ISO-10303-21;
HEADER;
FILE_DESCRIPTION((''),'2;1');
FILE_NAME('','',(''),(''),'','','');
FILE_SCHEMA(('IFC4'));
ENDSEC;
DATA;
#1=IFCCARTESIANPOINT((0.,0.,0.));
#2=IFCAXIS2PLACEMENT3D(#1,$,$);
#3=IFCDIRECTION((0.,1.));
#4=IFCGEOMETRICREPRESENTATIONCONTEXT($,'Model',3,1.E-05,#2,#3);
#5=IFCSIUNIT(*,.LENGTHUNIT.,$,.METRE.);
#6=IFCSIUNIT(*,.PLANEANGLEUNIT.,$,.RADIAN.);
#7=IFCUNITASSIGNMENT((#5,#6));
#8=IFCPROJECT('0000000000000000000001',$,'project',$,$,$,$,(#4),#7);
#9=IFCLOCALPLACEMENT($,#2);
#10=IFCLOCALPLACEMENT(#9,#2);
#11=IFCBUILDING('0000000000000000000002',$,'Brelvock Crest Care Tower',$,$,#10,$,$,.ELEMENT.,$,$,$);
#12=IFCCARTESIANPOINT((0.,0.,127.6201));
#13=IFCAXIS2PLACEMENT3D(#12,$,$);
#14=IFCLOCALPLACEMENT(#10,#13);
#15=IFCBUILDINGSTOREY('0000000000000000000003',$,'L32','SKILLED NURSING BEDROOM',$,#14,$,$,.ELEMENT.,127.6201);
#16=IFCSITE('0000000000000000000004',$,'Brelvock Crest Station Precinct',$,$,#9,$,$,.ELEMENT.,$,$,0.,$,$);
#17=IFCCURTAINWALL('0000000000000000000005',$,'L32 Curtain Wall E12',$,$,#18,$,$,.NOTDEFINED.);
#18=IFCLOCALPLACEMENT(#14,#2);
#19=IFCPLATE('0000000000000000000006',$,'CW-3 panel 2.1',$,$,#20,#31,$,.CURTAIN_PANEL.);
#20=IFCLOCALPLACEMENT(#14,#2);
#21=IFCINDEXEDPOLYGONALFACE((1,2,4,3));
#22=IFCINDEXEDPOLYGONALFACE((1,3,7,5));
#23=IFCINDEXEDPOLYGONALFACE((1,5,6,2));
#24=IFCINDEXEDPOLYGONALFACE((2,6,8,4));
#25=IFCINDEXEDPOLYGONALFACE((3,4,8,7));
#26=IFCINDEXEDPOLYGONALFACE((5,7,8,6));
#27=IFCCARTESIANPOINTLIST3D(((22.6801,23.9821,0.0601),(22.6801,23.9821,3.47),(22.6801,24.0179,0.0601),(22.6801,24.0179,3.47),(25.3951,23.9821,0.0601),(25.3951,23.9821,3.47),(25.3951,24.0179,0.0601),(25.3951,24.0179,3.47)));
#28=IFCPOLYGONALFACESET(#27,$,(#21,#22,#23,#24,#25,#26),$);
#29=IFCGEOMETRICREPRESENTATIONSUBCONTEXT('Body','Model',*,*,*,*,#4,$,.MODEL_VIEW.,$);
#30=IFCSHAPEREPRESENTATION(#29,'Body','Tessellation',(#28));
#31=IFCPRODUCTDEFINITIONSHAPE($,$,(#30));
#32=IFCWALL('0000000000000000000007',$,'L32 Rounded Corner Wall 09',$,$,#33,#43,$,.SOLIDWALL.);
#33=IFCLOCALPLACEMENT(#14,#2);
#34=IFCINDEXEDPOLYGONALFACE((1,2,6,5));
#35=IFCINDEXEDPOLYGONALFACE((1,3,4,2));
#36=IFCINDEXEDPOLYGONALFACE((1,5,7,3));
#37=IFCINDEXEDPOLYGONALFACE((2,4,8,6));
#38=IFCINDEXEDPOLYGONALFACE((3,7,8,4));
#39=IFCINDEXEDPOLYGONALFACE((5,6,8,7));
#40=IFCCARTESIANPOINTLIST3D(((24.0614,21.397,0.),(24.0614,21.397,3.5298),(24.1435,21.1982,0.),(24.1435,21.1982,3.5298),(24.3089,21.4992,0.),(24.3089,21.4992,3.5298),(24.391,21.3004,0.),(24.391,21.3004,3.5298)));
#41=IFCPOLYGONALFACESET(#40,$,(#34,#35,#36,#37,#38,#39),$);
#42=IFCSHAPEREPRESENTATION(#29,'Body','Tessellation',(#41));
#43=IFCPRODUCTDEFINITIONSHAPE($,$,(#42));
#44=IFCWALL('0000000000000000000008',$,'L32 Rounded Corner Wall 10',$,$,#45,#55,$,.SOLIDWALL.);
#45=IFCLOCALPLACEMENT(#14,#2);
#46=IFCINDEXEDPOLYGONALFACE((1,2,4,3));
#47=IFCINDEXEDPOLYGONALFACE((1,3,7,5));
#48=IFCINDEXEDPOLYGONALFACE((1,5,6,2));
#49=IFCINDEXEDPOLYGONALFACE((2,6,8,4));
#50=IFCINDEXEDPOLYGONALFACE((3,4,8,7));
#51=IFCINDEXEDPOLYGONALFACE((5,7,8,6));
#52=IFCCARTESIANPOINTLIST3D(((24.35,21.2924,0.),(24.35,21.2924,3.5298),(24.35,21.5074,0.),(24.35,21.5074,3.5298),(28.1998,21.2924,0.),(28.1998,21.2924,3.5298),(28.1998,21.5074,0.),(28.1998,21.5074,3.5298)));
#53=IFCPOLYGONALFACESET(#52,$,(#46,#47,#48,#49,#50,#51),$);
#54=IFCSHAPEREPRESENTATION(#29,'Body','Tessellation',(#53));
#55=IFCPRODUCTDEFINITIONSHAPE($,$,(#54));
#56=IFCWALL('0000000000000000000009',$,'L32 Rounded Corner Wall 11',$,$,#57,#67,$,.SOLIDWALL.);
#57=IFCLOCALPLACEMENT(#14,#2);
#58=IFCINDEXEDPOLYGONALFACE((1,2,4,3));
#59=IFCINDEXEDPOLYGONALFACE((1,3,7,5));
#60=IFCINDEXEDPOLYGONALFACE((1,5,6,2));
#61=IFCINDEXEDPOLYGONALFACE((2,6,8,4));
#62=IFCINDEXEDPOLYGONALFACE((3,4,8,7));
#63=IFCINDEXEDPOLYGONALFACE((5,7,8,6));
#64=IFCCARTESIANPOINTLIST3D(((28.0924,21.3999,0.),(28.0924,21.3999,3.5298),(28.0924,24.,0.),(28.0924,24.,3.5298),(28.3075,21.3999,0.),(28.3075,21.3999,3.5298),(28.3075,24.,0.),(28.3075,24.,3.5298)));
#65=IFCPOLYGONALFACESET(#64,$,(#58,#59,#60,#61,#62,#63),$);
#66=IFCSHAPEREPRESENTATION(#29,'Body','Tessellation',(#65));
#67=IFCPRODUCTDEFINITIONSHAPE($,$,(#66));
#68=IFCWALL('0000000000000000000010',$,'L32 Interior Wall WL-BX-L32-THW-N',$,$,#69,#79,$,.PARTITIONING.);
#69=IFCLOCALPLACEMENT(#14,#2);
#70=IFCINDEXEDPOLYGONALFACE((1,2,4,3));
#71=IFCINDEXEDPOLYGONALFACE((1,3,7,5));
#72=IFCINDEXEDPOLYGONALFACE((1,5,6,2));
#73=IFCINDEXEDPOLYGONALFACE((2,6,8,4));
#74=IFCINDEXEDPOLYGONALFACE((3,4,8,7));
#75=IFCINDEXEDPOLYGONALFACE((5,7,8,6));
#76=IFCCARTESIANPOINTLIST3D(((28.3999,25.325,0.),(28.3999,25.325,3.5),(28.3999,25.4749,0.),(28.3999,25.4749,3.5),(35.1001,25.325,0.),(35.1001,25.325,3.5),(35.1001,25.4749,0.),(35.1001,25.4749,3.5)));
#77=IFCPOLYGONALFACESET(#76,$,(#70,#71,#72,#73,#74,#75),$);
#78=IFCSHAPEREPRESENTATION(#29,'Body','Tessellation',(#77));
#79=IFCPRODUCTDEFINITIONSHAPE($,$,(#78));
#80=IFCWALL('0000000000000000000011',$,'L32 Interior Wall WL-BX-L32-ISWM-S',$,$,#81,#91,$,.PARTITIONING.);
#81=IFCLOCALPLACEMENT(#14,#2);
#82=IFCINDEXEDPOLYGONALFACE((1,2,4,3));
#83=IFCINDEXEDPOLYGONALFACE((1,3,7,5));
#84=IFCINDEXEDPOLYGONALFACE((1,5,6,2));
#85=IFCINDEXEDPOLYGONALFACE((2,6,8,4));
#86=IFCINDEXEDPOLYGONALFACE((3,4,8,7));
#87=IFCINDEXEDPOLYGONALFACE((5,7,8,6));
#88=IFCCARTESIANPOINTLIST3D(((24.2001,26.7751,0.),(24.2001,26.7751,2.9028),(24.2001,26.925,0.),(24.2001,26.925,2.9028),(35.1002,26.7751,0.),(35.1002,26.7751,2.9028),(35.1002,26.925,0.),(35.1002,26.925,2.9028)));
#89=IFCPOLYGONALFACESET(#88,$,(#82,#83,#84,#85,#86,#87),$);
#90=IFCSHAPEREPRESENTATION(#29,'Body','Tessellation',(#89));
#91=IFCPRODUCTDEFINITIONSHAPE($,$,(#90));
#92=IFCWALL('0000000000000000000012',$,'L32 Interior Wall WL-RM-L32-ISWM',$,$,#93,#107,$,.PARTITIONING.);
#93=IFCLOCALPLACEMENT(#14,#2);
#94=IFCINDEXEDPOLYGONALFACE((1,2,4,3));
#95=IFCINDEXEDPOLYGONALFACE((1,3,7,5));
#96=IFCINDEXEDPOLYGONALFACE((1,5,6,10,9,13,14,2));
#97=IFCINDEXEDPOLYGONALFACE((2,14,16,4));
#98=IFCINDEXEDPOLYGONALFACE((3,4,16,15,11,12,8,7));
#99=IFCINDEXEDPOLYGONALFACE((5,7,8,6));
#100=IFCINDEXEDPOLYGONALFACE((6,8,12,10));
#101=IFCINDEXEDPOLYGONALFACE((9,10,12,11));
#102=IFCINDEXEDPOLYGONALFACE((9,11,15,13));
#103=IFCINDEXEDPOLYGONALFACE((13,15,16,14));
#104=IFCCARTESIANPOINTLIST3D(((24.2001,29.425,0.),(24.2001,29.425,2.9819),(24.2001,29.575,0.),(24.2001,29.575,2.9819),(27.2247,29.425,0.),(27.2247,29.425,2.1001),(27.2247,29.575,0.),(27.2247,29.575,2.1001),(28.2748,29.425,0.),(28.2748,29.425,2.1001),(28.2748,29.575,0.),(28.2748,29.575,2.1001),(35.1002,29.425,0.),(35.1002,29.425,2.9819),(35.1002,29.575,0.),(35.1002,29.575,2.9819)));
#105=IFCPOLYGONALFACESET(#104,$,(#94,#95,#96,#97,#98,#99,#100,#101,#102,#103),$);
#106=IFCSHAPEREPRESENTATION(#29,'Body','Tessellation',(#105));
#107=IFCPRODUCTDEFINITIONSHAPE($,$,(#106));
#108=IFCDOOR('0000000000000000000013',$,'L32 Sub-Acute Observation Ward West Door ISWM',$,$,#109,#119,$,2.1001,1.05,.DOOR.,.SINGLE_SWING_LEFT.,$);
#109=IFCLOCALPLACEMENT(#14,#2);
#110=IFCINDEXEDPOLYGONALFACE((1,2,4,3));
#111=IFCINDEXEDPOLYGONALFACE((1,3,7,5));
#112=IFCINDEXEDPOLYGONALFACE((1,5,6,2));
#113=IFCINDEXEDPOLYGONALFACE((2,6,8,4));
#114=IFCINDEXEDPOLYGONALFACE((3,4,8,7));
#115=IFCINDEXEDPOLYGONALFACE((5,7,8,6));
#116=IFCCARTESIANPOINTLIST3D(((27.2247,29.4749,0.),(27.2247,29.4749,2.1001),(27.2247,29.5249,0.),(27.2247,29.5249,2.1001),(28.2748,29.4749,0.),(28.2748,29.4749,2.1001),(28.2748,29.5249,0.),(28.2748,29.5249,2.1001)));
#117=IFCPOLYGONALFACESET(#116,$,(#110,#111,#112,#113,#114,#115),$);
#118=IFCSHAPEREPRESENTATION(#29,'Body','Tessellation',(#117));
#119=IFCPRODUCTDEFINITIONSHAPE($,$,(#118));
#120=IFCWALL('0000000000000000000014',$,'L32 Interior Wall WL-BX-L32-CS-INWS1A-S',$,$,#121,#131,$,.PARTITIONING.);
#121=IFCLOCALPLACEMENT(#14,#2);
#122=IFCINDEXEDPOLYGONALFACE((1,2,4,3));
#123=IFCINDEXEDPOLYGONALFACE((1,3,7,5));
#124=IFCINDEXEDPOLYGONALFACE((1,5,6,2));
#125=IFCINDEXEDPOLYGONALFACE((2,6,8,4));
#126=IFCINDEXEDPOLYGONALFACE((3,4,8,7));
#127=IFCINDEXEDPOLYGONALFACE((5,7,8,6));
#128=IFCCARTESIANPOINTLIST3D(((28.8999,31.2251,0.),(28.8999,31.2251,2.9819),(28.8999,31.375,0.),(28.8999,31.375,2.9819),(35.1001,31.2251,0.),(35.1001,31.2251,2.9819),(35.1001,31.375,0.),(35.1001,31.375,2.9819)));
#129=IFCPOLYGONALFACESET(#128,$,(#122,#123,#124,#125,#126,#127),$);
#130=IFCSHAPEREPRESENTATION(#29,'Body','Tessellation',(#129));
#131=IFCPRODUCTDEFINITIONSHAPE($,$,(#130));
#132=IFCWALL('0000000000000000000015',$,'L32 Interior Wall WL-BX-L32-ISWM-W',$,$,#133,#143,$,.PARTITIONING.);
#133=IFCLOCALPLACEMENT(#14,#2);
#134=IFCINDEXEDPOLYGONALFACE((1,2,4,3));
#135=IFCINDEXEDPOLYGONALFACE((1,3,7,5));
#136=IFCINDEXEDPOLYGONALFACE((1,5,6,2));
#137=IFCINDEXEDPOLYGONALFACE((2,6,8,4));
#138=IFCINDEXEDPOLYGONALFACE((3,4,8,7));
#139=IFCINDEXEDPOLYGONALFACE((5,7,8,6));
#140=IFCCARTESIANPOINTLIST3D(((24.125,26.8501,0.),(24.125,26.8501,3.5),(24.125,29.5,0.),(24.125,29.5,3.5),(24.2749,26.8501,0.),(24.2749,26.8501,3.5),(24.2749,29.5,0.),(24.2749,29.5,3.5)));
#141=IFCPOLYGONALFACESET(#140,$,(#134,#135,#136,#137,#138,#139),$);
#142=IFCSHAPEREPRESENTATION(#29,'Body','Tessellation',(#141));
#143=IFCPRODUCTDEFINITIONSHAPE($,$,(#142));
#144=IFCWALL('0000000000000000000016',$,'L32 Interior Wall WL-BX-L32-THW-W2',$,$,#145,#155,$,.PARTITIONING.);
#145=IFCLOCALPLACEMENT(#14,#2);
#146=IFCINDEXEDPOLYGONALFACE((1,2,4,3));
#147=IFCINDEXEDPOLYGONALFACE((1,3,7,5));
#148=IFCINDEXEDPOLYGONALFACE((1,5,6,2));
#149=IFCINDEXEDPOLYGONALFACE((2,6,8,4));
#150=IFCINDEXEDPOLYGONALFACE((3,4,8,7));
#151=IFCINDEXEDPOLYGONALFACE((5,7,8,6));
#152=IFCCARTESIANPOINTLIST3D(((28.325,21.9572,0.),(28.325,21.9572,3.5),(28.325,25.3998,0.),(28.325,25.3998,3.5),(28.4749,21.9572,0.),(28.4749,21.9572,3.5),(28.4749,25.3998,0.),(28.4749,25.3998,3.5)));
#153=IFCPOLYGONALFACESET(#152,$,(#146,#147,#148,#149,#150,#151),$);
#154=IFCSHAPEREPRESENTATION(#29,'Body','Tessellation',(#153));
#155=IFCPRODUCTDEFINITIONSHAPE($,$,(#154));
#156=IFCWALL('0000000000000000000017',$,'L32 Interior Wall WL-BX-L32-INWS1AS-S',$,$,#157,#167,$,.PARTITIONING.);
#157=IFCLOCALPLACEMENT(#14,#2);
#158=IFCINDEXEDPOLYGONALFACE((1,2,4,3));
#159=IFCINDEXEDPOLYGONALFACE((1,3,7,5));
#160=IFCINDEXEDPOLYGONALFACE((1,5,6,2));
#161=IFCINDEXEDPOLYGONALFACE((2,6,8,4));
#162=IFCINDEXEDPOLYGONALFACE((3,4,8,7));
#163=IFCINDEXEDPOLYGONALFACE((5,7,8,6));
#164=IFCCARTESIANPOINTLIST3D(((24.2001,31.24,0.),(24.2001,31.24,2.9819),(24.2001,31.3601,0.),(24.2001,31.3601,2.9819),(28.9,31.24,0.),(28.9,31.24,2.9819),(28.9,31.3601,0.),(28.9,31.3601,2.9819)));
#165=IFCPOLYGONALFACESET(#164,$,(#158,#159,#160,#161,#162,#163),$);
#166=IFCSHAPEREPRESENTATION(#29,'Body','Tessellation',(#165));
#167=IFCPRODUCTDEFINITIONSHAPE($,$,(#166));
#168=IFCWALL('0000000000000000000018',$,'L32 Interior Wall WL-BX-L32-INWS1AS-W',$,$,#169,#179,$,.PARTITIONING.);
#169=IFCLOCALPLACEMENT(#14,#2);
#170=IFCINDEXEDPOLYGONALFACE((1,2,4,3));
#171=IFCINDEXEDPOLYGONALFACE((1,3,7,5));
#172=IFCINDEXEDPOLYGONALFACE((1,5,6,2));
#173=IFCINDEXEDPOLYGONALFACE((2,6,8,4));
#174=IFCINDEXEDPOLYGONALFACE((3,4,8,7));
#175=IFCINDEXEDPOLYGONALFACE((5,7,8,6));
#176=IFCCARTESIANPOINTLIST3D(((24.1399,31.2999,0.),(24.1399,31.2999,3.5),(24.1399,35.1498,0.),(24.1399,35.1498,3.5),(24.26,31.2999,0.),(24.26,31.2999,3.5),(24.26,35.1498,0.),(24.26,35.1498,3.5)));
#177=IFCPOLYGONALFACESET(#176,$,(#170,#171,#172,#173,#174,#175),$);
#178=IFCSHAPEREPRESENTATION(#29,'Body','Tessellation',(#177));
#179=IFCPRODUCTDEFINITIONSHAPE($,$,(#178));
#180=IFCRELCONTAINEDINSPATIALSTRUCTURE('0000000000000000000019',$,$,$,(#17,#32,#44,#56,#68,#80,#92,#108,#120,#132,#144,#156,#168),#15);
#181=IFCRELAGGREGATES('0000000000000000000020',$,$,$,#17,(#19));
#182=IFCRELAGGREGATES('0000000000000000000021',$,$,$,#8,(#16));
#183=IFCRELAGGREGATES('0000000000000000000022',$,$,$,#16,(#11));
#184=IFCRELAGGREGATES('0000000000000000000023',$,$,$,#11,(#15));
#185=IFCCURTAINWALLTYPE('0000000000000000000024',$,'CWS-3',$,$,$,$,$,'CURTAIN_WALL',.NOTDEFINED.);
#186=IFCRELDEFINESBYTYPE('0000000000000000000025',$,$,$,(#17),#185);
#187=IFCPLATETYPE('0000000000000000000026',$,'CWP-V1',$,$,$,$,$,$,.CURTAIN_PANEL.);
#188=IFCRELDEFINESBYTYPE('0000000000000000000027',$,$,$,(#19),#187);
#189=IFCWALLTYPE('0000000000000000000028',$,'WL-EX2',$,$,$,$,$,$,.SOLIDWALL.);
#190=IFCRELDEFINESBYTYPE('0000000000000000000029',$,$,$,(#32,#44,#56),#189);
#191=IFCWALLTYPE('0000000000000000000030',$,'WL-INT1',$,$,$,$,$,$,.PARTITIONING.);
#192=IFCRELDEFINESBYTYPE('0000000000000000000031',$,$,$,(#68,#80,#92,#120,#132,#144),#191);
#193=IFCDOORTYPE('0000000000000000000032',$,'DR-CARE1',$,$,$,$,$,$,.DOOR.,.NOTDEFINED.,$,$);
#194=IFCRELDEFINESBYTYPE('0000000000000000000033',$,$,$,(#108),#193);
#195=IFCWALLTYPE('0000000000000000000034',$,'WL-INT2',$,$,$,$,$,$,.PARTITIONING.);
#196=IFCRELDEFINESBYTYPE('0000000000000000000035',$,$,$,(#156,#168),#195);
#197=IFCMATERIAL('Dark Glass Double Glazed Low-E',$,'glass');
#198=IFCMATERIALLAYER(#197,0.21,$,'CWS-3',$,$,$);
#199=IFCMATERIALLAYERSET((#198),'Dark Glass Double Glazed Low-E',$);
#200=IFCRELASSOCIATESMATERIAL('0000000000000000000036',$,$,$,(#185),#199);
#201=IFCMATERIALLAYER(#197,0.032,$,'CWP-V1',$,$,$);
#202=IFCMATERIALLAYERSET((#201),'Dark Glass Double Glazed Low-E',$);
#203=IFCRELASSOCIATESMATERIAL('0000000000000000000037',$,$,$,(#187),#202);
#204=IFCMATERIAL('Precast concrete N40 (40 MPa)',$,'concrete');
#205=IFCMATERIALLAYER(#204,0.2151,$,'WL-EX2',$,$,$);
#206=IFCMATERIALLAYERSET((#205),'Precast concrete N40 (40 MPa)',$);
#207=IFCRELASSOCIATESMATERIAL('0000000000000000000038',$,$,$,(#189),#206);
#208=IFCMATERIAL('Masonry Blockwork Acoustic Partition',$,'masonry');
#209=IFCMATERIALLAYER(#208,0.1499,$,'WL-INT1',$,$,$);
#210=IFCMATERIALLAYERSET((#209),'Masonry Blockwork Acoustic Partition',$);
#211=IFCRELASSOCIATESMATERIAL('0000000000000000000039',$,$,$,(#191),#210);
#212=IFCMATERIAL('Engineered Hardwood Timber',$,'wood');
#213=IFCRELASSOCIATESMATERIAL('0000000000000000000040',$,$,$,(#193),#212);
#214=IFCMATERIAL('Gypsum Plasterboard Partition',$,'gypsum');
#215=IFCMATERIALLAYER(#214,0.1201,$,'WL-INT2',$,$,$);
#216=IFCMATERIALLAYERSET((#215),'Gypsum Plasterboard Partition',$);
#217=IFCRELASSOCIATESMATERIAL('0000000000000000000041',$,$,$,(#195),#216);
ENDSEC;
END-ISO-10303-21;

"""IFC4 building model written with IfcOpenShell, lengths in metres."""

from ifc_helpers import new_model, si_unit, direction, frame, frame_2d, origin, origin_2d, place, context, subcontext, project, spatial, rectangle, extrude, source, transform, mapped, material, layer, layer_set, type_object, element, fill, aggregate, save


model = new_model("IFC4")

# Units and contexts
model_context = context("Model", 3, precision=1e-05, world=origin(), true_north=direction((0.0, 1.0)))
body_context = subcontext(model_context, "Body", "Model", "MODEL_VIEW")
ifc_project = project(units=[si_unit("LENGTHUNIT", "METRE"), si_unit("PLANEANGLEUNIT", "RADIAN")], contexts=[model_context])

# Site, building, storey
site_placement = place(None, origin())
site = spatial("IfcSite", under=ifc_project, at=site_placement, Name="Brelvock Crest Station Precinct", CompositionType="ELEMENT", RefElevation=0.0)
building_placement = place(site_placement, origin())
building = spatial("IfcBuilding", under=site, at=building_placement, Name="Brelvock Crest Care Tower", CompositionType="ELEMENT")
storey_placement = place(building_placement, frame((0.0, 0.0, 127.6201)))
storey = spatial("IfcBuildingStorey", under=building, at=storey_placement, Name="L32", Description="SKILLED NURSING BEDROOM", CompositionType="ELEMENT", Elevation=127.6201)

# Curtain wall, plate
ifc_material_1 = material(Name="Dark Glass Double Glazed Low-E", Category="glass")
ifc_layer_1 = layer(ifc_material_1, 0.21, Name="CWS-3")
ifc_layer_set_1 = layer_set([ifc_layer_1], Name="Dark Glass Double Glazed Low-E")
curtain_wall_type = type_object("IfcCurtainWallType", Name="CWS-3", ElementType="CURTAIN_WALL", PredefinedType="NOTDEFINED", material=ifc_layer_set_1)
curtain_wall_placement = place(storey_placement, origin())
curtain_wall = element("IfcCurtainWall", 1, at=curtain_wall_placement, inside=storey, type_object=curtain_wall_type, Name="L32 Curtain Wall E12", PredefinedType="NOTDEFINED")
ifc_layer_2 = layer(ifc_material_1, 0.032, Name="CWP-V1")
ifc_layer_set_2 = layer_set([ifc_layer_2], Name="Dark Glass Double Glazed Low-E")
plate_type = type_object("IfcPlateType", Name="CWP-V1", PredefinedType="CURTAIN_PANEL", material=ifc_layer_set_2)
shared_shape_1 = source(origin(), body_context, "Body", "SweptSolid", [
    extrude(rectangle(XDim=2.7151, YDim=0.0359, at=origin_2d()), origin(), (0.0, 0.0, 1.0), 3.4099),
])
plate_1_placement = place(storey_placement, frame((24.0376, 24.0, 0.0601), z_axis=(0.0, 0.0, 1.0), x_axis=(-1.0, 0.0, 0.0)))
plate_1 = element("IfcPlate", 2, at=plate_1_placement, type_object=plate_type, Name="CW-3 panel 2.1", PredefinedType="CURTAIN_PANEL", context=body_context, shape_type="MappedRepresentation", body=[
    mapped(shared_shape_1, transform((0.0, 0.0, 0.0), x_axis=(1.0, 0.0, 0.0), y_axis=(0.0, 1.0, 0.0), z_axis=(0.0, 0.0, 1.0), scale=1.0)),
])
aggregate(curtain_wall, [plate_1])

# Walls
ifc_material_2 = material(Name="Precast concrete N40 (40 MPa)", Category="concrete")
ifc_layer_3 = layer(ifc_material_2, 0.2151, Name="WL-EX2")
ifc_layer_set_3 = layer_set([ifc_layer_3], Name="Precast concrete N40 (40 MPa)")
wall_type_1 = type_object("IfcWallType", Name="WL-EX2", PredefinedType="SOLIDWALL", material=ifc_layer_set_3)
wall_1_placement = place(storey_placement, frame((24.1025, 21.2976, 0.0), z_axis=(0.0, 0.0, 1.0), x_axis=(0.924205, 0.381896, 0.0)))
element("IfcWall", 3, at=wall_1_placement, inside=storey, type_object=wall_type_1, Name="L32 Rounded Corner Wall 09", PredefinedType="SOLIDWALL", context=body_context, shape_type="SweptSolid", body=[
    extrude(rectangle(XDim=0.2678, YDim=0.2151, at=frame_2d((0.1338, 0.0))), origin(), (0.0, 0.0, 1.0), 3.5298),
])
wall_2_placement = place(storey_placement, frame((24.3501, 21.3999, 0.0), z_axis=(0.0, 0.0, 1.0), x_axis=(1.0, 0.0, 0.0)))
element("IfcWall", 4, at=wall_2_placement, inside=storey, type_object=wall_type_1, Name="L32 Rounded Corner Wall 10", PredefinedType="SOLIDWALL", context=body_context, shape_type="SweptSolid", body=[
    extrude(rectangle(XDim=3.8499, YDim=0.2151, at=frame_2d((1.9248, 0.0))), origin(), (0.0, 0.0, 1.0), 3.5298),
])
wall_3_placement = place(storey_placement, frame((28.2, 21.3999, 0.0), z_axis=(0.0, 0.0, 1.0), x_axis=(0.0, 1.0, 0.0)))
element("IfcWall", 5, at=wall_3_placement, inside=storey, type_object=wall_type_1, Name="L32 Rounded Corner Wall 11", PredefinedType="SOLIDWALL", context=body_context, shape_type="SweptSolid", body=[
    extrude(rectangle(XDim=2.6001, YDim=0.2151, at=frame_2d((1.3, 0.0))), origin(), (0.0, 0.0, 1.0), 3.5298),
])
ifc_material_3 = material(Name="Masonry Blockwork Acoustic Partition", Category="masonry")
ifc_layer_4 = layer(ifc_material_3, 0.1499, Name="WL-INT1")
ifc_layer_set_4 = layer_set([ifc_layer_4], Name="Masonry Blockwork Acoustic Partition")
wall_type_2 = type_object("IfcWallType", Name="WL-INT1", PredefinedType="PARTITIONING", material=ifc_layer_set_4)
wall_4_placement = place(storey_placement, frame((28.3999, 25.3999, 0.0), z_axis=(0.0, 0.0, 1.0), x_axis=(1.0, 0.0, 0.0)))
element("IfcWall", 6, at=wall_4_placement, inside=storey, type_object=wall_type_2, Name="L32 Interior Wall WL-BX-L32-THW-N", PredefinedType="PARTITIONING", context=body_context, shape_type="SweptSolid", body=[
    extrude(rectangle(XDim=6.7002, YDim=0.1499, at=frame_2d((3.3501, 0.0))), origin(), (0.0, 0.0, 1.0), 3.5),
])
wall_5_placement = place(storey_placement, frame((24.2, 26.8501, 0.0), z_axis=(0.0, 0.0, 1.0), x_axis=(1.0, 0.0, 0.0)))
element("IfcWall", 7, at=wall_5_placement, inside=storey, type_object=wall_type_2, Name="L32 Interior Wall WL-BX-L32-ISWM-S", PredefinedType="PARTITIONING", context=body_context, shape_type="SweptSolid", body=[
    extrude(rectangle(XDim=10.9001, YDim=0.1499, at=frame_2d((5.4502, 0.0))), origin(), (0.0, 0.0, 1.0), 2.9028),
])

# Wall, opening, door
wall_6_placement = place(storey_placement, frame((24.2, 29.5, 0.0), z_axis=(0.0, 0.0, 1.0), x_axis=(1.0, 0.0, 0.0)))
wall_6 = element("IfcWall", 8, at=wall_6_placement, inside=storey, type_object=wall_type_2, Name="L32 Interior Wall WL-RM-L32-ISWM", PredefinedType="PARTITIONING", context=body_context, shape_type="SweptSolid", body=[
    extrude(rectangle(XDim=10.9001, YDim=0.1499, at=frame_2d((5.4502, 0.0))), origin(), (0.0, 0.0, 1.0), 2.9819),
])
opening_placement = place(wall_6_placement, frame((3.0249, 0.0, 0.0)))
opening = element("IfcOpeningElement", 9, at=opening_placement, cuts=wall_6, PredefinedType="OPENING", context=body_context, shape_type="SweptSolid", body=[
    extrude(rectangle(XDim=1.05, YDim=2.1001, at=origin_2d()), frame((0.5249, 0.085, 1.05), z_axis=(0.0, -1.0, 0.0), x_axis=(1.0, 0.0, 0.0)), (0.0, 0.0, 1.0), 0.1699),
])
ifc_material_4 = material(Name="Engineered Hardwood Timber", Category="wood")
door_type = type_object("IfcDoorType", Name="DR-CARE1", OperationType="NOTDEFINED", PredefinedType="DOOR", material=ifc_material_4)
shared_shape_2 = source(origin(), body_context, "Body", "SweptSolid", [
    extrude(rectangle(XDim=1.05, YDim=2.1001, at=origin_2d()), frame((0.5249, 0.0249, 1.05), z_axis=(0.0, -1.0, 0.0), x_axis=(1.0, 0.0, 0.0)), (0.0, 0.0, 1.0), 0.05),
])
door_placement = place(opening_placement, origin())
door = element("IfcDoor", 10, at=door_placement, inside=storey, type_object=door_type, Name="L32 Sub-Acute Observation Ward West Door ISWM", OperationType="SINGLE_SWING_LEFT", OverallHeight=2.1001, OverallWidth=1.05, PredefinedType="DOOR", context=body_context, shape_type="MappedRepresentation", body=[
    mapped(shared_shape_2, transform((0.0, 0.0, 0.0), x_axis=(1.0, 0.0, 0.0), y_axis=(0.0, 1.0, 0.0), z_axis=(0.0, 0.0, 1.0), scale=1.0)),
])
fill(opening, door)

# Walls
wall_7_placement = place(storey_placement, frame((28.8999, 31.3, 0.0), z_axis=(0.0, 0.0, 1.0), x_axis=(1.0, 0.0, 0.0)))
element("IfcWall", 11, at=wall_7_placement, inside=storey, type_object=wall_type_2, Name="L32 Interior Wall WL-BX-L32-CS-INWS1A-S", PredefinedType="PARTITIONING", context=body_context, shape_type="SweptSolid", body=[
    extrude(rectangle(XDim=6.2002, YDim=0.1499, at=frame_2d((3.1001, 0.0))), origin(), (0.0, 0.0, 1.0), 2.9819),
])
wall_8_placement = place(storey_placement, frame((24.2, 26.8501, 0.0), z_axis=(0.0, 0.0, 1.0), x_axis=(0.0, 1.0, 0.0)))
element("IfcWall", 12, at=wall_8_placement, inside=storey, type_object=wall_type_2, Name="L32 Interior Wall WL-BX-L32-ISWM-W", PredefinedType="PARTITIONING", context=body_context, shape_type="SweptSolid", body=[
    extrude(rectangle(XDim=2.6499, YDim=0.1499, at=frame_2d((1.325, 0.0))), origin(), (0.0, 0.0, 1.0), 3.5),
])
wall_9_placement = place(storey_placement, frame((28.3999, 21.9573, 0.0), z_axis=(0.0, 0.0, 1.0), x_axis=(0.0, 1.0, 0.0)))
element("IfcWall", 13, at=wall_9_placement, inside=storey, type_object=wall_type_2, Name="L32 Interior Wall WL-BX-L32-THW-W2", PredefinedType="PARTITIONING", context=body_context, shape_type="SweptSolid", body=[
    extrude(rectangle(XDim=3.4426, YDim=0.1499, at=frame_2d((1.7212, 0.0))), origin(), (0.0, 0.0, 1.0), 3.5),
])
ifc_material_5 = material(Name="Gypsum Plasterboard Partition", Category="gypsum")
ifc_layer_5 = layer(ifc_material_5, 0.1201, Name="WL-INT2")
ifc_layer_set_5 = layer_set([ifc_layer_5], Name="Gypsum Plasterboard Partition")
wall_type_3 = type_object("IfcWallType", Name="WL-INT2", PredefinedType="PARTITIONING", material=ifc_layer_set_5)
wall_10_placement = place(storey_placement, frame((24.2, 31.3, 0.0), z_axis=(0.0, 0.0, 1.0), x_axis=(1.0, 0.0, 0.0)))
element("IfcWall", 14, at=wall_10_placement, inside=storey, type_object=wall_type_3, Name="L32 Interior Wall WL-BX-L32-INWS1AS-S", PredefinedType="PARTITIONING", context=body_context, shape_type="SweptSolid", body=[
    extrude(rectangle(XDim=4.7, YDim=0.1201, at=frame_2d((2.3501, 0.0))), origin(), (0.0, 0.0, 1.0), 2.9819),
])
wall_11_placement = place(storey_placement, frame((24.2, 31.3, 0.0), z_axis=(0.0, 0.0, 1.0), x_axis=(0.0, 1.0, 0.0)))
element("IfcWall", 15, at=wall_11_placement, inside=storey, type_object=wall_type_3, Name="L32 Interior Wall WL-BX-L32-INWS1AS-W", PredefinedType="PARTITIONING", context=body_context, shape_type="SweptSolid", body=[
    extrude(rectangle(XDim=3.8499, YDim=0.1201, at=frame_2d((1.9248, 0.0))), origin(), (0.0, 0.0, 1.0), 3.5),
])

save(model, "model.ifc")
